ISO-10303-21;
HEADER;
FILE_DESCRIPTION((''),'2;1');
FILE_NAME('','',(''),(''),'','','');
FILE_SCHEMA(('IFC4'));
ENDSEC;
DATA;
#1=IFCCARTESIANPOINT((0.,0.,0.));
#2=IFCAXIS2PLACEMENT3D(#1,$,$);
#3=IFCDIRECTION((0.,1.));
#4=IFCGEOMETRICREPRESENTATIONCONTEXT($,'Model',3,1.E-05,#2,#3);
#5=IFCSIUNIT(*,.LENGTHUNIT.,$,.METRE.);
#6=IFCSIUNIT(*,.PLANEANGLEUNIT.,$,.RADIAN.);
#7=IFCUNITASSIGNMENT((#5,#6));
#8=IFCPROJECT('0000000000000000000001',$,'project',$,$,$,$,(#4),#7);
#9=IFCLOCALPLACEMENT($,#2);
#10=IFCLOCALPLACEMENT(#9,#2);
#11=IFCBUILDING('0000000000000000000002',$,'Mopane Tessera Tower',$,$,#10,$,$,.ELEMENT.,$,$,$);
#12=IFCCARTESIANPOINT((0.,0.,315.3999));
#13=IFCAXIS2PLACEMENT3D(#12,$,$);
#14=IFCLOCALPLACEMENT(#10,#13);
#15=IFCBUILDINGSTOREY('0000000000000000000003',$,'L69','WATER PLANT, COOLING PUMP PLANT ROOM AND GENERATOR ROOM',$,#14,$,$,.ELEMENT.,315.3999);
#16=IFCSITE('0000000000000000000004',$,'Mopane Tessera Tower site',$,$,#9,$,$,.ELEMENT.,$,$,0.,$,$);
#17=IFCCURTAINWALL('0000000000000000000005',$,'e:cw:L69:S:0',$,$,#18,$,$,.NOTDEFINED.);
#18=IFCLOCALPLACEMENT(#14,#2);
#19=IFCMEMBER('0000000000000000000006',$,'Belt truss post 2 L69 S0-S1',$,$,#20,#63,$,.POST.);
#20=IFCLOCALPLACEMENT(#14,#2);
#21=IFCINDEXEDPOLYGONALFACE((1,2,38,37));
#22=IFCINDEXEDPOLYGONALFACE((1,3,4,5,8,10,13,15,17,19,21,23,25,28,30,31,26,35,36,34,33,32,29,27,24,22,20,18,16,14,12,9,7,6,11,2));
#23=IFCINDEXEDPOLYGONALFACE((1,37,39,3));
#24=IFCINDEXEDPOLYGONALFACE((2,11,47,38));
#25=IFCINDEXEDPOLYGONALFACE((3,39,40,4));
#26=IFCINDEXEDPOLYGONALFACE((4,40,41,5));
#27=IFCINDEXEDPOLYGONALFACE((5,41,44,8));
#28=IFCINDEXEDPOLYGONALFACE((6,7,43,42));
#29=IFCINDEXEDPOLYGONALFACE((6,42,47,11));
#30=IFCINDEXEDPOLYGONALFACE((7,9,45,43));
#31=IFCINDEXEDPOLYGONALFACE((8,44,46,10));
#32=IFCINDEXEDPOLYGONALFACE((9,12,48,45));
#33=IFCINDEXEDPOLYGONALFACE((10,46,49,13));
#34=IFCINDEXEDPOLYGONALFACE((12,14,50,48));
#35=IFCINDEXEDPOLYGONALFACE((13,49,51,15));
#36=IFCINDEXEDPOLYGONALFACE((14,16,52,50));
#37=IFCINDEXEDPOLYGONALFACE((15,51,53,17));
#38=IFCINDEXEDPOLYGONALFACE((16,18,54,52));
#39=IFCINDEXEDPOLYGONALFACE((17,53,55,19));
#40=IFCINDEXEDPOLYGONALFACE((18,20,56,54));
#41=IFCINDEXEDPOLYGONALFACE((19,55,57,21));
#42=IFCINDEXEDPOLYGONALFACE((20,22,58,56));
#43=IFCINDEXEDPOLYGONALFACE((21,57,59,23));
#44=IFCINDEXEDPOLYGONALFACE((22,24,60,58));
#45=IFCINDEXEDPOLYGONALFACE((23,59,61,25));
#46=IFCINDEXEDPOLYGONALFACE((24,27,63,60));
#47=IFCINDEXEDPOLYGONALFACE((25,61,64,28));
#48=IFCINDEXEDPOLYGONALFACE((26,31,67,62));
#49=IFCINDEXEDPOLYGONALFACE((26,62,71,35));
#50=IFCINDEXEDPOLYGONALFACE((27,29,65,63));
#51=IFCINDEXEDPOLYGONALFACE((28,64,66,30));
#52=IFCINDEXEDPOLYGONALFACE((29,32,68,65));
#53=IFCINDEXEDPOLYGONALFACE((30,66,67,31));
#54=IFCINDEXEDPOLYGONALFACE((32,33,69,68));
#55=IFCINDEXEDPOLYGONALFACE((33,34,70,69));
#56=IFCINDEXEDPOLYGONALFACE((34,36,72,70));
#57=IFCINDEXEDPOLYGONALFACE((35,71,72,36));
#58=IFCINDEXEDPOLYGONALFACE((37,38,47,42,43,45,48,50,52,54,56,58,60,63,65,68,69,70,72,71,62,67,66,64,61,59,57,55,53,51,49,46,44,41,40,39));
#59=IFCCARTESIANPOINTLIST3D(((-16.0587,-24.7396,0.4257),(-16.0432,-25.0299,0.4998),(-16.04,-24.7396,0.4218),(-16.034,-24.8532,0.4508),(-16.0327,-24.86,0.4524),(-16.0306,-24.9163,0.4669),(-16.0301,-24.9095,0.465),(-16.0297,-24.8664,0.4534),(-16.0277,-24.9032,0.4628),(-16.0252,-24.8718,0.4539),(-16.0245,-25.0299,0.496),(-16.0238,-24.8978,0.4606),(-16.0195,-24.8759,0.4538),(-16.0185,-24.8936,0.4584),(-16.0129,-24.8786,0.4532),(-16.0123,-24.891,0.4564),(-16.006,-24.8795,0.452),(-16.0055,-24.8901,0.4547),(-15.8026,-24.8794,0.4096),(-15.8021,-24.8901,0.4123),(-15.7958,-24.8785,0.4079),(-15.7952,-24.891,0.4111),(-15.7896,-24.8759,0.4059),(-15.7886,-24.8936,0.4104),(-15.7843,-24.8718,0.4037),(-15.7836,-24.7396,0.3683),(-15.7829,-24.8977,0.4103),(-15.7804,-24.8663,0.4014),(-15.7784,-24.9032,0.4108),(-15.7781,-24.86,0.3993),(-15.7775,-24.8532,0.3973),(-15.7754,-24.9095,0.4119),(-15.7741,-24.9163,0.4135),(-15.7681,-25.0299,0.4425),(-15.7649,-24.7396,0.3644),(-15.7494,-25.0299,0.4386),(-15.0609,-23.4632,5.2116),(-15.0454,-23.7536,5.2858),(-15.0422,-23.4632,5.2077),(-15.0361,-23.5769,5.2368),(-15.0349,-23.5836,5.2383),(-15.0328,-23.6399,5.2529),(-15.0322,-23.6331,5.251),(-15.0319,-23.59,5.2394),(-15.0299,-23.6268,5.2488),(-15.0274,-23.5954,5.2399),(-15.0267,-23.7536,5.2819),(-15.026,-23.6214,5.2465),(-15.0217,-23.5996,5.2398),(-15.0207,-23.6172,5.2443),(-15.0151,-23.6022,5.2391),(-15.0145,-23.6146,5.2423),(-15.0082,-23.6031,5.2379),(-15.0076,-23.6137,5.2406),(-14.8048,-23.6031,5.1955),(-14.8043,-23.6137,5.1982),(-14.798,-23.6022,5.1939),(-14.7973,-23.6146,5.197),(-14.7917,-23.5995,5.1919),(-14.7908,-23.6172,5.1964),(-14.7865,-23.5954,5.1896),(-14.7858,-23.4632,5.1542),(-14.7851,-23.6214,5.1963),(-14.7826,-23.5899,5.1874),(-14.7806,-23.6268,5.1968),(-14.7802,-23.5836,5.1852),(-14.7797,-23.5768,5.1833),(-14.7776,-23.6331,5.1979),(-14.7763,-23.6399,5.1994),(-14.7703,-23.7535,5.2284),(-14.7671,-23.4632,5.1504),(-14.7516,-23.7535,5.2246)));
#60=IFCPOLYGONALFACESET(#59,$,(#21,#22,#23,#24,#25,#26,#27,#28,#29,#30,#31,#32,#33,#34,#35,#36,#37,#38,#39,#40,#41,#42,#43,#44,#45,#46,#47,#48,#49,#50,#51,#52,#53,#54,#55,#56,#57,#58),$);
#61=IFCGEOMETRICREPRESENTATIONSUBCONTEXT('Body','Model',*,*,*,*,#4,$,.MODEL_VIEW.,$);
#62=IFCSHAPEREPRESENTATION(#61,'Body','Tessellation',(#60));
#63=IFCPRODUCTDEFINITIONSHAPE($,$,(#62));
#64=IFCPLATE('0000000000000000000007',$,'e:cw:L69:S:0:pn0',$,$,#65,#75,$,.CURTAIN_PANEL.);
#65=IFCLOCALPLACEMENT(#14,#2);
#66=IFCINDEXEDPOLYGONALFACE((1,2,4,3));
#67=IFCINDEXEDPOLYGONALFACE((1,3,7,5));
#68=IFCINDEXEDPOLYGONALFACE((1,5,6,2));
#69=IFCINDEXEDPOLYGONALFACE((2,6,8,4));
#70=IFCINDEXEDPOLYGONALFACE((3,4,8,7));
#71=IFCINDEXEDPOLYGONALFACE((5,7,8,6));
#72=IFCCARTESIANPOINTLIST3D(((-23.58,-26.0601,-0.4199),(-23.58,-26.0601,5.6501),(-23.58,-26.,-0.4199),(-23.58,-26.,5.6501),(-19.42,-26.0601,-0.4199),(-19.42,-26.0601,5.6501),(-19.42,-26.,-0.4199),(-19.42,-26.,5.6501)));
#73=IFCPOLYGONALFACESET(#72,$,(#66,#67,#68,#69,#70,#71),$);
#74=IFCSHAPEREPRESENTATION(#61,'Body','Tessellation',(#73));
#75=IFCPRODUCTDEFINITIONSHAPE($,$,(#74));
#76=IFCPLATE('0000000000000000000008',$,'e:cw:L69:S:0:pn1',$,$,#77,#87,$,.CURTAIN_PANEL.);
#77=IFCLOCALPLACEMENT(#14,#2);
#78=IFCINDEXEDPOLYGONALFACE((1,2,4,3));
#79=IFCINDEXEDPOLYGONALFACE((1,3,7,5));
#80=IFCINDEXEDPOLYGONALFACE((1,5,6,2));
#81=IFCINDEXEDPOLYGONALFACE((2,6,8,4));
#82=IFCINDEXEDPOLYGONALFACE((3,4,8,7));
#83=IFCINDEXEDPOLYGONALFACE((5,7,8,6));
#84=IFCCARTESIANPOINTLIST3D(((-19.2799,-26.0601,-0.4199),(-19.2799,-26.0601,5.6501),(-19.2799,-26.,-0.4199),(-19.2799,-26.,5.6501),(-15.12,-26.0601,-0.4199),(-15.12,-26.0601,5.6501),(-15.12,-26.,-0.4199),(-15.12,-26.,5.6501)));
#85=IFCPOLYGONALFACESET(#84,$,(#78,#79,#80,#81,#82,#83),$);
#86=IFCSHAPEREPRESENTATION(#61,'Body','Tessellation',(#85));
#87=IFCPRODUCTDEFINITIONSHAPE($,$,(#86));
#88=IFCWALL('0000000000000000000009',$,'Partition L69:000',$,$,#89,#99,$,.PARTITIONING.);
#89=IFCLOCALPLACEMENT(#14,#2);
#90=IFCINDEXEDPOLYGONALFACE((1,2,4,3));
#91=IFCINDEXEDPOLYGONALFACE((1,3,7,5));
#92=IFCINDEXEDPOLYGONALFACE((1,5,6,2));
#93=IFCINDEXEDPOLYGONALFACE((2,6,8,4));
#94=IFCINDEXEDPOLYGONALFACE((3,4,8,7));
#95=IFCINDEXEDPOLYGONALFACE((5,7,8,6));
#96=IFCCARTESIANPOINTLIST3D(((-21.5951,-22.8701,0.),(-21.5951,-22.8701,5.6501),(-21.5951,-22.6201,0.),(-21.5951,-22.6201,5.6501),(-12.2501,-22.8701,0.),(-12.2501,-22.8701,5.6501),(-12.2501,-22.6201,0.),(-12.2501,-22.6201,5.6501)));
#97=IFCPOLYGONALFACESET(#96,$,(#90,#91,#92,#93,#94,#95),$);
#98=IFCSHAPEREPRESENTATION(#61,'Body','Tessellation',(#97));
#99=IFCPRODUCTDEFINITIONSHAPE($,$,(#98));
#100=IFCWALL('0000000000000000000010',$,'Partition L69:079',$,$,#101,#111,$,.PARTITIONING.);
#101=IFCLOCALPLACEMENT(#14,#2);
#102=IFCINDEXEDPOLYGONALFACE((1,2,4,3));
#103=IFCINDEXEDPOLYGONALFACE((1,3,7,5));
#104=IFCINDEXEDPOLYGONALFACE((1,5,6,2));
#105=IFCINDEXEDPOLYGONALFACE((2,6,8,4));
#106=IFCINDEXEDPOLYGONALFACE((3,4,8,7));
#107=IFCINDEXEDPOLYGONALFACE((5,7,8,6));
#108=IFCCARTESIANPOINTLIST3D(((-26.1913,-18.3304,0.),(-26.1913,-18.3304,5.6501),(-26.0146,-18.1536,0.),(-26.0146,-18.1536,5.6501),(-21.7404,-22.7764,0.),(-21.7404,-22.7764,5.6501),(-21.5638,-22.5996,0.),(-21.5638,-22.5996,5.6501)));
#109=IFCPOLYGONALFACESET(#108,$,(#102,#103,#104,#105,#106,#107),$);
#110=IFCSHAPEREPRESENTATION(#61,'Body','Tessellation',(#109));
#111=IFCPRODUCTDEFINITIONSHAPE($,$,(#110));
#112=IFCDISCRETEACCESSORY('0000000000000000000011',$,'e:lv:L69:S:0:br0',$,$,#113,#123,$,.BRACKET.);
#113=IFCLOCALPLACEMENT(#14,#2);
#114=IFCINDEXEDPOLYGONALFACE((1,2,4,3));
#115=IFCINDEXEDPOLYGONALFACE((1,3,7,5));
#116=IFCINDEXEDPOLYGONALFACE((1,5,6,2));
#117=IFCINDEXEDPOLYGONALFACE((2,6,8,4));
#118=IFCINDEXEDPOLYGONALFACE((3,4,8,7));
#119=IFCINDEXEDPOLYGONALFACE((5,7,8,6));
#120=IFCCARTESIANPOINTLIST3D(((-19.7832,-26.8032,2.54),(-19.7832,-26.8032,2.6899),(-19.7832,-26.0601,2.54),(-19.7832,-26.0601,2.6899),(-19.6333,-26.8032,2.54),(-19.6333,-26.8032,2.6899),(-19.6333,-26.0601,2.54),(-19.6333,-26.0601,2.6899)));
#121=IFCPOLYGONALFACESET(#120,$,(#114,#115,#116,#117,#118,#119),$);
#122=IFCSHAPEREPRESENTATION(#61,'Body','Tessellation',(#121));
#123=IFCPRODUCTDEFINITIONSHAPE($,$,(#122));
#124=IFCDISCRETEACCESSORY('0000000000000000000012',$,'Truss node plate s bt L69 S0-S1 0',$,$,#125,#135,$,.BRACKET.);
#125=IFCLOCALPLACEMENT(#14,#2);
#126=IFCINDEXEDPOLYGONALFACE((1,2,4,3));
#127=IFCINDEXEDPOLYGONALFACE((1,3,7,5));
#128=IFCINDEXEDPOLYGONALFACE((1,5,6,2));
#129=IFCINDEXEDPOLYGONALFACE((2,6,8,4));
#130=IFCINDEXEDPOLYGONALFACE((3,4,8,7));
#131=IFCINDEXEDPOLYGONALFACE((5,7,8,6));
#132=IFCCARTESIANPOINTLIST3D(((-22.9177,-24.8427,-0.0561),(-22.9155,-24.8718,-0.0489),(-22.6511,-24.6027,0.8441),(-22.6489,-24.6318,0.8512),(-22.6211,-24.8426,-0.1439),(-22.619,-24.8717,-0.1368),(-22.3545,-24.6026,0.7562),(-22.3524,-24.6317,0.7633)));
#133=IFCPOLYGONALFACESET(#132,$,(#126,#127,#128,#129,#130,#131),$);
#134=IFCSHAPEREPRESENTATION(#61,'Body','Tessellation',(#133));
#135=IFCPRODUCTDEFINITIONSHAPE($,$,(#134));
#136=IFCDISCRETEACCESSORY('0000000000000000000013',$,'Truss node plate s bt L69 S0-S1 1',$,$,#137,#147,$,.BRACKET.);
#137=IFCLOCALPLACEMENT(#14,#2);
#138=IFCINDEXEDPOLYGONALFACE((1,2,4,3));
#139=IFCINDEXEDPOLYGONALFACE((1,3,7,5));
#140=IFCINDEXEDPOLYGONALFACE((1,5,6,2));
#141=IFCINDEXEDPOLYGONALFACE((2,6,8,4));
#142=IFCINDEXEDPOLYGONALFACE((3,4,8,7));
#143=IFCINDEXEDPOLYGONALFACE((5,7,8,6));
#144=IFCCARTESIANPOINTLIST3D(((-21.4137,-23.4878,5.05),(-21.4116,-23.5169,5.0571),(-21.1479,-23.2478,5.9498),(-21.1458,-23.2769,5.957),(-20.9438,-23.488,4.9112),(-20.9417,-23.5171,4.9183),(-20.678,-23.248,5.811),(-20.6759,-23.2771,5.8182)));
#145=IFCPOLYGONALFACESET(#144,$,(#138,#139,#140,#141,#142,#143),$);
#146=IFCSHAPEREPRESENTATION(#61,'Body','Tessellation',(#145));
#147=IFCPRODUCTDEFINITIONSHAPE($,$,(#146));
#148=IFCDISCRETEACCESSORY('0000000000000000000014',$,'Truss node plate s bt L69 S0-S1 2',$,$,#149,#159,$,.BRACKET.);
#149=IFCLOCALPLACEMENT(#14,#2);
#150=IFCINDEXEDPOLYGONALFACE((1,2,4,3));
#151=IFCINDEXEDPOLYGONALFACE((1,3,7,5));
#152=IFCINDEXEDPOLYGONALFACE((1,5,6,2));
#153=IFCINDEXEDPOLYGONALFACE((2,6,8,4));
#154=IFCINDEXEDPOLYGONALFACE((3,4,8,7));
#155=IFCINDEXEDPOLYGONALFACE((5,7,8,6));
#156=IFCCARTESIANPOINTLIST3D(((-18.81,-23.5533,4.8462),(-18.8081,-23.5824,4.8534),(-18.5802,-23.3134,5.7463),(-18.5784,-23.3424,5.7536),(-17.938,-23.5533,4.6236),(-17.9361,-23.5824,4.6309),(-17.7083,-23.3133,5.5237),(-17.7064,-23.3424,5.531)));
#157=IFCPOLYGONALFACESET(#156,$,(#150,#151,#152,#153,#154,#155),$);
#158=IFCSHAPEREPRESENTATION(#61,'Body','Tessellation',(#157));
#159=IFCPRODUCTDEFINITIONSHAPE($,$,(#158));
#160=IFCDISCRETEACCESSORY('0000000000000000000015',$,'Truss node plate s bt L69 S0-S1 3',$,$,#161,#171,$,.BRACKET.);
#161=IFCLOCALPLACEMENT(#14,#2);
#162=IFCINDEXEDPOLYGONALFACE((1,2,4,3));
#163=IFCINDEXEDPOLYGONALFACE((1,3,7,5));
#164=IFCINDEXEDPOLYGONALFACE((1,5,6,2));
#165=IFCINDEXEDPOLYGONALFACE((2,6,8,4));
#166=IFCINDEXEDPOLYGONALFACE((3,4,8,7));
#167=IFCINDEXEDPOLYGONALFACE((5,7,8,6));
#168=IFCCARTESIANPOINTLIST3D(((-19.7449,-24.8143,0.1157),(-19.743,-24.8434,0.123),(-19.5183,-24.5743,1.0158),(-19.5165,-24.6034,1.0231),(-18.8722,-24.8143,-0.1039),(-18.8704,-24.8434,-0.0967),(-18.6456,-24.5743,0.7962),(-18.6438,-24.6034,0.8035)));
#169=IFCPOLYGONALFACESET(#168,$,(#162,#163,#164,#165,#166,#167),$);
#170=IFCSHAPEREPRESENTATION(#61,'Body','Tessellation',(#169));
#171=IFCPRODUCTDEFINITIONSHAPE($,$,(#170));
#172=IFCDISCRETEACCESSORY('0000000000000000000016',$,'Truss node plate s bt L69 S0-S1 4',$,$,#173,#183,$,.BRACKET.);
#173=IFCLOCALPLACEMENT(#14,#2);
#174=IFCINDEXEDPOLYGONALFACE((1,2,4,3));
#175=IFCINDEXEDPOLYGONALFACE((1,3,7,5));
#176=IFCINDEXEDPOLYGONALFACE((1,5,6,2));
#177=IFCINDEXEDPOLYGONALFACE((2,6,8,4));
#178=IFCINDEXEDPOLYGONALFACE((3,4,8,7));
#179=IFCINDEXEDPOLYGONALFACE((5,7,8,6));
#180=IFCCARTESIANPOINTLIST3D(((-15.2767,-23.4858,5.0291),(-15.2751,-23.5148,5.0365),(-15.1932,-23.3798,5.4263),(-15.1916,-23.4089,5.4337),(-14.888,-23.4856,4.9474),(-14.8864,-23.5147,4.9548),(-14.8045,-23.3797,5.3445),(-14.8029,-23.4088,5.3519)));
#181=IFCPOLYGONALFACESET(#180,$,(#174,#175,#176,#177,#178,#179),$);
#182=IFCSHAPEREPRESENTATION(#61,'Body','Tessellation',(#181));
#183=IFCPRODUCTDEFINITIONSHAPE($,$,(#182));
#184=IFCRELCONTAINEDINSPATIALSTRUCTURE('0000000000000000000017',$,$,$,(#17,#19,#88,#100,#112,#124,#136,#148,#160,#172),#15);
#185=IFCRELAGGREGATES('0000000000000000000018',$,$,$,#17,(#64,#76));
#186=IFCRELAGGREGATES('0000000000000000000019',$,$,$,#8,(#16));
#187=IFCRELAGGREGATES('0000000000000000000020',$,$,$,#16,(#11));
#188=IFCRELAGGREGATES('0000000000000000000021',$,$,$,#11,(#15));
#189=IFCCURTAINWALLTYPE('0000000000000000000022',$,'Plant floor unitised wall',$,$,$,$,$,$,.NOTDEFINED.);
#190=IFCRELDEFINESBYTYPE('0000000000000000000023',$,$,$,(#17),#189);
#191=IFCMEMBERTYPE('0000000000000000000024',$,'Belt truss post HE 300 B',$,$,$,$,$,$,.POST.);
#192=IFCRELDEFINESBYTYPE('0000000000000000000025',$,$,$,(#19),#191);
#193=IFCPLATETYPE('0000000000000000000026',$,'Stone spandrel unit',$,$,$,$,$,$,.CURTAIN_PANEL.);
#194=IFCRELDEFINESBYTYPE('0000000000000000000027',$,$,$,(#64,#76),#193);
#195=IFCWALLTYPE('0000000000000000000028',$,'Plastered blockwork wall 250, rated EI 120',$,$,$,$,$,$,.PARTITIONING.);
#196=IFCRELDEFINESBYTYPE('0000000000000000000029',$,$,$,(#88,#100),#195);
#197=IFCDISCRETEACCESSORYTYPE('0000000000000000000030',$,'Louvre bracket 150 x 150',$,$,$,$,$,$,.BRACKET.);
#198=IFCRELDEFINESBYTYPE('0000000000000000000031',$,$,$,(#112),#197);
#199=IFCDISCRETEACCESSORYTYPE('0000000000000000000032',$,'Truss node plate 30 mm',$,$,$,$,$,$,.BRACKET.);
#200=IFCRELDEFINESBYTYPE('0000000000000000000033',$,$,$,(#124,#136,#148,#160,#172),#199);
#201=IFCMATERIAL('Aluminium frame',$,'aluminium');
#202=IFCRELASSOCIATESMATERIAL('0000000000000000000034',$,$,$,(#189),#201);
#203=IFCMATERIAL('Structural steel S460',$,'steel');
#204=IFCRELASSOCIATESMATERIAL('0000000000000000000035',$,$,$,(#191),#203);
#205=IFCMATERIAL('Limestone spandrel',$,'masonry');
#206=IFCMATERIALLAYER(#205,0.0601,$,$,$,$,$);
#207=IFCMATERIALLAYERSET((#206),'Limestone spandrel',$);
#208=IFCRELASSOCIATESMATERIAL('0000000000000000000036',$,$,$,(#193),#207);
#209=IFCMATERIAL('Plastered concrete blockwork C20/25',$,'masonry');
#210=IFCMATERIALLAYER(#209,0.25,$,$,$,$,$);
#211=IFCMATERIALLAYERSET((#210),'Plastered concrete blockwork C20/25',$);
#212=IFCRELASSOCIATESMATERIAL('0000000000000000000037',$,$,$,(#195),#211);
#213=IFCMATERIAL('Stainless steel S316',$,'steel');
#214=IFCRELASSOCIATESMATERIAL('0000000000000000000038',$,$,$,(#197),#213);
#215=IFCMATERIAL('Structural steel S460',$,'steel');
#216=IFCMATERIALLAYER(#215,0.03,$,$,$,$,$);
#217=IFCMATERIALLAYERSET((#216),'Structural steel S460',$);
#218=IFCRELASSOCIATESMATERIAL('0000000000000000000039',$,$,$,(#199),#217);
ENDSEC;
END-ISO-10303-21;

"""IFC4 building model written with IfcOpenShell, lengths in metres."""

from ifc_helpers import new_model, si_unit, direction, frame, frame_2d, origin, origin_2d, place, context, subcontext, project, spatial, rectangle, i_section, extrude, material, layer, layer_set, material_profile, profile_set, type_object, element, aggregate, save


model = new_model("IFC4")

# Units and contexts
model_context = context("Model", 3, precision=1e-05, world=origin(), true_north=direction((0.0, 1.0)))
body_context = subcontext(model_context, "Body", "Model", "MODEL_VIEW")
ifc_project = project(units=[si_unit("LENGTHUNIT", "METRE"), si_unit("PLANEANGLEUNIT", "RADIAN")], contexts=[model_context])

# Site, building, storey
site_placement = place(None, origin())
site = spatial("IfcSite", under=ifc_project, at=site_placement, Name="Mopane Tessera Tower site", CompositionType="ELEMENT", RefElevation=0.0)
building_placement = place(site_placement, origin())
building = spatial("IfcBuilding", under=site, at=building_placement, Name="Mopane Tessera Tower", CompositionType="ELEMENT")
storey_placement = place(building_placement, frame((0.0, 0.0, 315.3999)))
storey = spatial("IfcBuildingStorey", under=building, at=storey_placement, Name="L69", Description="WATER PLANT, COOLING PUMP PLANT ROOM AND GENERATOR ROOM", CompositionType="ELEMENT", Elevation=315.3999)

# Curtain wall
ifc_material_1 = material(Name="Aluminium frame", Category="aluminium")
curtain_wall_type = type_object("IfcCurtainWallType", Name="Plant floor unitised wall", PredefinedType="NOTDEFINED", material=ifc_material_1)
curtain_wall_placement = place(storey_placement, origin())
curtain_wall = element("IfcCurtainWall", 1, at=curtain_wall_placement, inside=storey, type_object=curtain_wall_type, Name="e:cw:L69:S:0", PredefinedType="NOTDEFINED")

# Member
ifc_material_2 = material(Name="Structural steel S460", Category="steel")
ifc_material_profile_1 = material_profile(ifc_material_2, i_section(OverallWidth=0.3, OverallDepth=0.3, WebThickness=0.011, FlangeThickness=0.019, FilletRadius=0.0271, at=origin_2d()))
ifc_profile_set_1 = profile_set([ifc_material_profile_1], Name="Structural steel S460")
member_type_1 = type_object("IfcMemberType", Name="Belt truss post HE 300 B", PredefinedType="POST", material=ifc_profile_set_1)
member_1_placement = place(storey_placement, frame((-15.9041, -24.8848, 0.4321), z_axis=(0.19748, 0.252613, 0.9472), x_axis=(-0.051652, 0.967568, -0.247275)))
element("IfcMember", 2, at=member_1_placement, inside=storey, type_object=member_type_1, Name="Belt truss post 2 L69 S0-S1", PredefinedType="POST", context=body_context, shape_type="SweptSolid", body=[
    extrude(i_section(OverallWidth=0.3, OverallDepth=0.3, WebThickness=0.011, FlangeThickness=0.019, FilletRadius=0.0271, at=origin_2d()), origin(), (0.0, 0.0, 1.0), 5.0527),
])

# Plates
ifc_material_3 = material(Name="Limestone spandrel", Category="masonry")
ifc_layer_1 = layer(ifc_material_3, 0.0601)
ifc_layer_set_1 = layer_set([ifc_layer_1], Name="Limestone spandrel")
plate_type = type_object("IfcPlateType", Name="Stone spandrel unit", PredefinedType="CURTAIN_PANEL", material=ifc_layer_set_1)
plate_1_placement = place(storey_placement, frame((-21.5, -26.03, -0.4199), z_axis=(0.0, 0.0, 1.0), x_axis=(1.0, 0.0, 0.0)))
plate_1 = element("IfcPlate", 3, at=plate_1_placement, type_object=plate_type, Name="e:cw:L69:S:0:pn0", PredefinedType="CURTAIN_PANEL", context=body_context, shape_type="SweptSolid", body=[
    extrude(rectangle(XDim=4.1599, YDim=0.0601, at=origin_2d()), origin(), (0.0, 0.0, 1.0), 6.0701),
])
plate_2_placement = place(storey_placement, frame((-17.2, -26.03, -0.4199), z_axis=(0.0, 0.0, 1.0), x_axis=(1.0, 0.0, 0.0)))
plate_2 = element("IfcPlate", 4, at=plate_2_placement, type_object=plate_type, Name="e:cw:L69:S:0:pn1", PredefinedType="CURTAIN_PANEL", context=body_context, shape_type="SweptSolid", body=[
    extrude(rectangle(XDim=4.1599, YDim=0.0601, at=origin_2d()), origin(), (0.0, 0.0, 1.0), 6.0701),
])
aggregate(curtain_wall, [plate_1, plate_2])

# Walls
ifc_material_4 = material(Name="Plastered concrete blockwork C20/25", Category="masonry")
ifc_layer_2 = layer(ifc_material_4, 0.25)
ifc_layer_set_2 = layer_set([ifc_layer_2], Name="Plastered concrete blockwork C20/25")
wall_type = type_object("IfcWallType", Name="Plastered blockwork wall 250, rated EI 120", PredefinedType="PARTITIONING", material=ifc_layer_set_2)
wall_1_placement = place(storey_placement, frame((-21.595, -22.7451, 0.0), z_axis=(0.0, 0.0, 1.0), x_axis=(1.0, 0.0, 0.0)))
element("IfcWall", 5, at=wall_1_placement, inside=storey, type_object=wall_type, Name="Partition L69:000", PredefinedType="PARTITIONING", context=body_context, shape_type="SweptSolid", body=[
    extrude(rectangle(XDim=9.345, YDim=0.25, at=frame_2d((4.6724, 0.0))), origin(), (0.0, 0.0, 1.0), 5.6501),
])
wall_2_placement = place(storey_placement, frame((-21.6521, -22.688, 0.0), z_axis=(0.0, 0.0, 1.0), x_axis=(-0.707495, 0.706719, 0.0)))
element("IfcWall", 6, at=wall_2_placement, inside=storey, type_object=wall_type, Name="Partition L69:079", PredefinedType="PARTITIONING", context=body_context, shape_type="SweptSolid", body=[
    extrude(rectangle(XDim=6.291, YDim=0.25, at=frame_2d((3.1455, 0.0))), origin(), (0.0, 0.0, 1.0), 5.6501),
])

# Discrete accessories
ifc_material_5 = material(Name="Stainless steel S316", Category="steel")
discrete_accessory_type_1 = type_object("IfcDiscreteAccessoryType", Name="Louvre bracket 150 x 150", PredefinedType="BRACKET", material=ifc_material_5)
discrete_accessory_1_placement = place(storey_placement, frame((-19.7083, -26.4316, 2.54), z_axis=(0.0, 0.0, 1.0), x_axis=(0.0, -1.0, 0.0)))
element("IfcDiscreteAccessory", 7, at=discrete_accessory_1_placement, inside=storey, type_object=discrete_accessory_type_1, Name="e:lv:L69:S:0:br0", PredefinedType="BRACKET", context=body_context, shape_type="SweptSolid", body=[
    extrude(rectangle(XDim=0.7432, YDim=0.1499, at=origin_2d()), origin(), (0.0, 0.0, 1.0), 0.1499),
])
ifc_material_6 = material(Name="Structural steel S460", Category="steel")
ifc_layer_3 = layer(ifc_material_6, 0.03)
ifc_layer_set_3 = layer_set([ifc_layer_3], Name="Structural steel S460")
discrete_accessory_type_2 = type_object("IfcDiscreteAccessoryType", Name="Truss node plate 30 mm", PredefinedType="BRACKET", material=ifc_layer_set_3)
discrete_accessory_2_placement = place(storey_placement, frame((-22.7683, -24.8572, -0.0964), z_axis=(0.275134, 0.247671, 0.928956), x_axis=(-0.07068, 0.968844, -0.237372)))
element("IfcDiscreteAccessory", 8, at=discrete_accessory_2_placement, inside=storey, type_object=discrete_accessory_type_2, Name="Truss node plate s bt L69 S0-S1 0", PredefinedType="BRACKET", context=body_context, shape_type="SweptSolid", body=[
    extrude(rectangle(XDim=0.03, YDim=0.3093, at=origin_2d()), origin(), (0.0, 0.0, 1.0), 0.969),
])
discrete_accessory_3_placement = place(storey_placement, frame((-21.1777, -23.5024, 4.9841), z_axis=(0.2745, 0.247781, 0.929115), x_axis=(-0.069904, 0.968816, -0.237716)))
element("IfcDiscreteAccessory", 9, at=discrete_accessory_3_placement, inside=storey, type_object=discrete_accessory_type_2, Name="Truss node plate s bt L69 S0-S1 1", PredefinedType="BRACKET", context=body_context, shape_type="SweptSolid", body=[
    extrude(rectangle(XDim=0.03, YDim=0.49, at=origin_2d()), origin(), (0.0, 0.0, 1.0), 0.9685),
])
discrete_accessory_4_placement = place(storey_placement, frame((-18.373, -23.5679, 4.7385), z_axis=(0.239434, 0.25012, 0.938142), x_axis=(-0.061879, 0.968215, -0.242345)))
element("IfcDiscreteAccessory", 10, at=discrete_accessory_4_placement, inside=storey, type_object=discrete_accessory_type_2, Name="Truss node plate s bt L69 S0-S1 2", PredefinedType="BRACKET", context=body_context, shape_type="SweptSolid", body=[
    extrude(rectangle(XDim=0.03, YDim=0.8999, at=origin_2d()), origin(), (0.0, 0.0, 1.0), 0.9595),
])
discrete_accessory_5_placement = place(storey_placement, frame((-19.3076, -24.8289, 0.0095), z_axis=(0.236312, 0.250317, 0.938881), x_axis=(-0.061068, 0.968164, -0.242754)))
element("IfcDiscreteAccessory", 11, at=discrete_accessory_5_placement, inside=storey, type_object=discrete_accessory_type_2, Name="Truss node plate s bt L69 S0-S1 3", PredefinedType="BRACKET", context=body_context, shape_type="SweptSolid", body=[
    extrude(rectangle(XDim=0.03, YDim=0.8999, at=origin_2d()), origin(), (0.0, 0.0, 1.0), 0.9587),
])
discrete_accessory_6_placement = place(storey_placement, frame((-15.0815, -23.5002, 4.9919), z_axis=(0.199037, 0.25258, 0.946883), x_axis=(-0.052317, 0.967576, -0.247102)))
element("IfcDiscreteAccessory", 12, at=discrete_accessory_6_placement, inside=storey, type_object=discrete_accessory_type_2, Name="Truss node plate s bt L69 S0-S1 4", PredefinedType="BRACKET", context=body_context, shape_type="SweptSolid", body=[
    extrude(rectangle(XDim=0.03, YDim=0.3972, at=origin_2d()), origin(), (0.0, 0.0, 1.0), 0.4194),
])

save(model, "model.ifc")
